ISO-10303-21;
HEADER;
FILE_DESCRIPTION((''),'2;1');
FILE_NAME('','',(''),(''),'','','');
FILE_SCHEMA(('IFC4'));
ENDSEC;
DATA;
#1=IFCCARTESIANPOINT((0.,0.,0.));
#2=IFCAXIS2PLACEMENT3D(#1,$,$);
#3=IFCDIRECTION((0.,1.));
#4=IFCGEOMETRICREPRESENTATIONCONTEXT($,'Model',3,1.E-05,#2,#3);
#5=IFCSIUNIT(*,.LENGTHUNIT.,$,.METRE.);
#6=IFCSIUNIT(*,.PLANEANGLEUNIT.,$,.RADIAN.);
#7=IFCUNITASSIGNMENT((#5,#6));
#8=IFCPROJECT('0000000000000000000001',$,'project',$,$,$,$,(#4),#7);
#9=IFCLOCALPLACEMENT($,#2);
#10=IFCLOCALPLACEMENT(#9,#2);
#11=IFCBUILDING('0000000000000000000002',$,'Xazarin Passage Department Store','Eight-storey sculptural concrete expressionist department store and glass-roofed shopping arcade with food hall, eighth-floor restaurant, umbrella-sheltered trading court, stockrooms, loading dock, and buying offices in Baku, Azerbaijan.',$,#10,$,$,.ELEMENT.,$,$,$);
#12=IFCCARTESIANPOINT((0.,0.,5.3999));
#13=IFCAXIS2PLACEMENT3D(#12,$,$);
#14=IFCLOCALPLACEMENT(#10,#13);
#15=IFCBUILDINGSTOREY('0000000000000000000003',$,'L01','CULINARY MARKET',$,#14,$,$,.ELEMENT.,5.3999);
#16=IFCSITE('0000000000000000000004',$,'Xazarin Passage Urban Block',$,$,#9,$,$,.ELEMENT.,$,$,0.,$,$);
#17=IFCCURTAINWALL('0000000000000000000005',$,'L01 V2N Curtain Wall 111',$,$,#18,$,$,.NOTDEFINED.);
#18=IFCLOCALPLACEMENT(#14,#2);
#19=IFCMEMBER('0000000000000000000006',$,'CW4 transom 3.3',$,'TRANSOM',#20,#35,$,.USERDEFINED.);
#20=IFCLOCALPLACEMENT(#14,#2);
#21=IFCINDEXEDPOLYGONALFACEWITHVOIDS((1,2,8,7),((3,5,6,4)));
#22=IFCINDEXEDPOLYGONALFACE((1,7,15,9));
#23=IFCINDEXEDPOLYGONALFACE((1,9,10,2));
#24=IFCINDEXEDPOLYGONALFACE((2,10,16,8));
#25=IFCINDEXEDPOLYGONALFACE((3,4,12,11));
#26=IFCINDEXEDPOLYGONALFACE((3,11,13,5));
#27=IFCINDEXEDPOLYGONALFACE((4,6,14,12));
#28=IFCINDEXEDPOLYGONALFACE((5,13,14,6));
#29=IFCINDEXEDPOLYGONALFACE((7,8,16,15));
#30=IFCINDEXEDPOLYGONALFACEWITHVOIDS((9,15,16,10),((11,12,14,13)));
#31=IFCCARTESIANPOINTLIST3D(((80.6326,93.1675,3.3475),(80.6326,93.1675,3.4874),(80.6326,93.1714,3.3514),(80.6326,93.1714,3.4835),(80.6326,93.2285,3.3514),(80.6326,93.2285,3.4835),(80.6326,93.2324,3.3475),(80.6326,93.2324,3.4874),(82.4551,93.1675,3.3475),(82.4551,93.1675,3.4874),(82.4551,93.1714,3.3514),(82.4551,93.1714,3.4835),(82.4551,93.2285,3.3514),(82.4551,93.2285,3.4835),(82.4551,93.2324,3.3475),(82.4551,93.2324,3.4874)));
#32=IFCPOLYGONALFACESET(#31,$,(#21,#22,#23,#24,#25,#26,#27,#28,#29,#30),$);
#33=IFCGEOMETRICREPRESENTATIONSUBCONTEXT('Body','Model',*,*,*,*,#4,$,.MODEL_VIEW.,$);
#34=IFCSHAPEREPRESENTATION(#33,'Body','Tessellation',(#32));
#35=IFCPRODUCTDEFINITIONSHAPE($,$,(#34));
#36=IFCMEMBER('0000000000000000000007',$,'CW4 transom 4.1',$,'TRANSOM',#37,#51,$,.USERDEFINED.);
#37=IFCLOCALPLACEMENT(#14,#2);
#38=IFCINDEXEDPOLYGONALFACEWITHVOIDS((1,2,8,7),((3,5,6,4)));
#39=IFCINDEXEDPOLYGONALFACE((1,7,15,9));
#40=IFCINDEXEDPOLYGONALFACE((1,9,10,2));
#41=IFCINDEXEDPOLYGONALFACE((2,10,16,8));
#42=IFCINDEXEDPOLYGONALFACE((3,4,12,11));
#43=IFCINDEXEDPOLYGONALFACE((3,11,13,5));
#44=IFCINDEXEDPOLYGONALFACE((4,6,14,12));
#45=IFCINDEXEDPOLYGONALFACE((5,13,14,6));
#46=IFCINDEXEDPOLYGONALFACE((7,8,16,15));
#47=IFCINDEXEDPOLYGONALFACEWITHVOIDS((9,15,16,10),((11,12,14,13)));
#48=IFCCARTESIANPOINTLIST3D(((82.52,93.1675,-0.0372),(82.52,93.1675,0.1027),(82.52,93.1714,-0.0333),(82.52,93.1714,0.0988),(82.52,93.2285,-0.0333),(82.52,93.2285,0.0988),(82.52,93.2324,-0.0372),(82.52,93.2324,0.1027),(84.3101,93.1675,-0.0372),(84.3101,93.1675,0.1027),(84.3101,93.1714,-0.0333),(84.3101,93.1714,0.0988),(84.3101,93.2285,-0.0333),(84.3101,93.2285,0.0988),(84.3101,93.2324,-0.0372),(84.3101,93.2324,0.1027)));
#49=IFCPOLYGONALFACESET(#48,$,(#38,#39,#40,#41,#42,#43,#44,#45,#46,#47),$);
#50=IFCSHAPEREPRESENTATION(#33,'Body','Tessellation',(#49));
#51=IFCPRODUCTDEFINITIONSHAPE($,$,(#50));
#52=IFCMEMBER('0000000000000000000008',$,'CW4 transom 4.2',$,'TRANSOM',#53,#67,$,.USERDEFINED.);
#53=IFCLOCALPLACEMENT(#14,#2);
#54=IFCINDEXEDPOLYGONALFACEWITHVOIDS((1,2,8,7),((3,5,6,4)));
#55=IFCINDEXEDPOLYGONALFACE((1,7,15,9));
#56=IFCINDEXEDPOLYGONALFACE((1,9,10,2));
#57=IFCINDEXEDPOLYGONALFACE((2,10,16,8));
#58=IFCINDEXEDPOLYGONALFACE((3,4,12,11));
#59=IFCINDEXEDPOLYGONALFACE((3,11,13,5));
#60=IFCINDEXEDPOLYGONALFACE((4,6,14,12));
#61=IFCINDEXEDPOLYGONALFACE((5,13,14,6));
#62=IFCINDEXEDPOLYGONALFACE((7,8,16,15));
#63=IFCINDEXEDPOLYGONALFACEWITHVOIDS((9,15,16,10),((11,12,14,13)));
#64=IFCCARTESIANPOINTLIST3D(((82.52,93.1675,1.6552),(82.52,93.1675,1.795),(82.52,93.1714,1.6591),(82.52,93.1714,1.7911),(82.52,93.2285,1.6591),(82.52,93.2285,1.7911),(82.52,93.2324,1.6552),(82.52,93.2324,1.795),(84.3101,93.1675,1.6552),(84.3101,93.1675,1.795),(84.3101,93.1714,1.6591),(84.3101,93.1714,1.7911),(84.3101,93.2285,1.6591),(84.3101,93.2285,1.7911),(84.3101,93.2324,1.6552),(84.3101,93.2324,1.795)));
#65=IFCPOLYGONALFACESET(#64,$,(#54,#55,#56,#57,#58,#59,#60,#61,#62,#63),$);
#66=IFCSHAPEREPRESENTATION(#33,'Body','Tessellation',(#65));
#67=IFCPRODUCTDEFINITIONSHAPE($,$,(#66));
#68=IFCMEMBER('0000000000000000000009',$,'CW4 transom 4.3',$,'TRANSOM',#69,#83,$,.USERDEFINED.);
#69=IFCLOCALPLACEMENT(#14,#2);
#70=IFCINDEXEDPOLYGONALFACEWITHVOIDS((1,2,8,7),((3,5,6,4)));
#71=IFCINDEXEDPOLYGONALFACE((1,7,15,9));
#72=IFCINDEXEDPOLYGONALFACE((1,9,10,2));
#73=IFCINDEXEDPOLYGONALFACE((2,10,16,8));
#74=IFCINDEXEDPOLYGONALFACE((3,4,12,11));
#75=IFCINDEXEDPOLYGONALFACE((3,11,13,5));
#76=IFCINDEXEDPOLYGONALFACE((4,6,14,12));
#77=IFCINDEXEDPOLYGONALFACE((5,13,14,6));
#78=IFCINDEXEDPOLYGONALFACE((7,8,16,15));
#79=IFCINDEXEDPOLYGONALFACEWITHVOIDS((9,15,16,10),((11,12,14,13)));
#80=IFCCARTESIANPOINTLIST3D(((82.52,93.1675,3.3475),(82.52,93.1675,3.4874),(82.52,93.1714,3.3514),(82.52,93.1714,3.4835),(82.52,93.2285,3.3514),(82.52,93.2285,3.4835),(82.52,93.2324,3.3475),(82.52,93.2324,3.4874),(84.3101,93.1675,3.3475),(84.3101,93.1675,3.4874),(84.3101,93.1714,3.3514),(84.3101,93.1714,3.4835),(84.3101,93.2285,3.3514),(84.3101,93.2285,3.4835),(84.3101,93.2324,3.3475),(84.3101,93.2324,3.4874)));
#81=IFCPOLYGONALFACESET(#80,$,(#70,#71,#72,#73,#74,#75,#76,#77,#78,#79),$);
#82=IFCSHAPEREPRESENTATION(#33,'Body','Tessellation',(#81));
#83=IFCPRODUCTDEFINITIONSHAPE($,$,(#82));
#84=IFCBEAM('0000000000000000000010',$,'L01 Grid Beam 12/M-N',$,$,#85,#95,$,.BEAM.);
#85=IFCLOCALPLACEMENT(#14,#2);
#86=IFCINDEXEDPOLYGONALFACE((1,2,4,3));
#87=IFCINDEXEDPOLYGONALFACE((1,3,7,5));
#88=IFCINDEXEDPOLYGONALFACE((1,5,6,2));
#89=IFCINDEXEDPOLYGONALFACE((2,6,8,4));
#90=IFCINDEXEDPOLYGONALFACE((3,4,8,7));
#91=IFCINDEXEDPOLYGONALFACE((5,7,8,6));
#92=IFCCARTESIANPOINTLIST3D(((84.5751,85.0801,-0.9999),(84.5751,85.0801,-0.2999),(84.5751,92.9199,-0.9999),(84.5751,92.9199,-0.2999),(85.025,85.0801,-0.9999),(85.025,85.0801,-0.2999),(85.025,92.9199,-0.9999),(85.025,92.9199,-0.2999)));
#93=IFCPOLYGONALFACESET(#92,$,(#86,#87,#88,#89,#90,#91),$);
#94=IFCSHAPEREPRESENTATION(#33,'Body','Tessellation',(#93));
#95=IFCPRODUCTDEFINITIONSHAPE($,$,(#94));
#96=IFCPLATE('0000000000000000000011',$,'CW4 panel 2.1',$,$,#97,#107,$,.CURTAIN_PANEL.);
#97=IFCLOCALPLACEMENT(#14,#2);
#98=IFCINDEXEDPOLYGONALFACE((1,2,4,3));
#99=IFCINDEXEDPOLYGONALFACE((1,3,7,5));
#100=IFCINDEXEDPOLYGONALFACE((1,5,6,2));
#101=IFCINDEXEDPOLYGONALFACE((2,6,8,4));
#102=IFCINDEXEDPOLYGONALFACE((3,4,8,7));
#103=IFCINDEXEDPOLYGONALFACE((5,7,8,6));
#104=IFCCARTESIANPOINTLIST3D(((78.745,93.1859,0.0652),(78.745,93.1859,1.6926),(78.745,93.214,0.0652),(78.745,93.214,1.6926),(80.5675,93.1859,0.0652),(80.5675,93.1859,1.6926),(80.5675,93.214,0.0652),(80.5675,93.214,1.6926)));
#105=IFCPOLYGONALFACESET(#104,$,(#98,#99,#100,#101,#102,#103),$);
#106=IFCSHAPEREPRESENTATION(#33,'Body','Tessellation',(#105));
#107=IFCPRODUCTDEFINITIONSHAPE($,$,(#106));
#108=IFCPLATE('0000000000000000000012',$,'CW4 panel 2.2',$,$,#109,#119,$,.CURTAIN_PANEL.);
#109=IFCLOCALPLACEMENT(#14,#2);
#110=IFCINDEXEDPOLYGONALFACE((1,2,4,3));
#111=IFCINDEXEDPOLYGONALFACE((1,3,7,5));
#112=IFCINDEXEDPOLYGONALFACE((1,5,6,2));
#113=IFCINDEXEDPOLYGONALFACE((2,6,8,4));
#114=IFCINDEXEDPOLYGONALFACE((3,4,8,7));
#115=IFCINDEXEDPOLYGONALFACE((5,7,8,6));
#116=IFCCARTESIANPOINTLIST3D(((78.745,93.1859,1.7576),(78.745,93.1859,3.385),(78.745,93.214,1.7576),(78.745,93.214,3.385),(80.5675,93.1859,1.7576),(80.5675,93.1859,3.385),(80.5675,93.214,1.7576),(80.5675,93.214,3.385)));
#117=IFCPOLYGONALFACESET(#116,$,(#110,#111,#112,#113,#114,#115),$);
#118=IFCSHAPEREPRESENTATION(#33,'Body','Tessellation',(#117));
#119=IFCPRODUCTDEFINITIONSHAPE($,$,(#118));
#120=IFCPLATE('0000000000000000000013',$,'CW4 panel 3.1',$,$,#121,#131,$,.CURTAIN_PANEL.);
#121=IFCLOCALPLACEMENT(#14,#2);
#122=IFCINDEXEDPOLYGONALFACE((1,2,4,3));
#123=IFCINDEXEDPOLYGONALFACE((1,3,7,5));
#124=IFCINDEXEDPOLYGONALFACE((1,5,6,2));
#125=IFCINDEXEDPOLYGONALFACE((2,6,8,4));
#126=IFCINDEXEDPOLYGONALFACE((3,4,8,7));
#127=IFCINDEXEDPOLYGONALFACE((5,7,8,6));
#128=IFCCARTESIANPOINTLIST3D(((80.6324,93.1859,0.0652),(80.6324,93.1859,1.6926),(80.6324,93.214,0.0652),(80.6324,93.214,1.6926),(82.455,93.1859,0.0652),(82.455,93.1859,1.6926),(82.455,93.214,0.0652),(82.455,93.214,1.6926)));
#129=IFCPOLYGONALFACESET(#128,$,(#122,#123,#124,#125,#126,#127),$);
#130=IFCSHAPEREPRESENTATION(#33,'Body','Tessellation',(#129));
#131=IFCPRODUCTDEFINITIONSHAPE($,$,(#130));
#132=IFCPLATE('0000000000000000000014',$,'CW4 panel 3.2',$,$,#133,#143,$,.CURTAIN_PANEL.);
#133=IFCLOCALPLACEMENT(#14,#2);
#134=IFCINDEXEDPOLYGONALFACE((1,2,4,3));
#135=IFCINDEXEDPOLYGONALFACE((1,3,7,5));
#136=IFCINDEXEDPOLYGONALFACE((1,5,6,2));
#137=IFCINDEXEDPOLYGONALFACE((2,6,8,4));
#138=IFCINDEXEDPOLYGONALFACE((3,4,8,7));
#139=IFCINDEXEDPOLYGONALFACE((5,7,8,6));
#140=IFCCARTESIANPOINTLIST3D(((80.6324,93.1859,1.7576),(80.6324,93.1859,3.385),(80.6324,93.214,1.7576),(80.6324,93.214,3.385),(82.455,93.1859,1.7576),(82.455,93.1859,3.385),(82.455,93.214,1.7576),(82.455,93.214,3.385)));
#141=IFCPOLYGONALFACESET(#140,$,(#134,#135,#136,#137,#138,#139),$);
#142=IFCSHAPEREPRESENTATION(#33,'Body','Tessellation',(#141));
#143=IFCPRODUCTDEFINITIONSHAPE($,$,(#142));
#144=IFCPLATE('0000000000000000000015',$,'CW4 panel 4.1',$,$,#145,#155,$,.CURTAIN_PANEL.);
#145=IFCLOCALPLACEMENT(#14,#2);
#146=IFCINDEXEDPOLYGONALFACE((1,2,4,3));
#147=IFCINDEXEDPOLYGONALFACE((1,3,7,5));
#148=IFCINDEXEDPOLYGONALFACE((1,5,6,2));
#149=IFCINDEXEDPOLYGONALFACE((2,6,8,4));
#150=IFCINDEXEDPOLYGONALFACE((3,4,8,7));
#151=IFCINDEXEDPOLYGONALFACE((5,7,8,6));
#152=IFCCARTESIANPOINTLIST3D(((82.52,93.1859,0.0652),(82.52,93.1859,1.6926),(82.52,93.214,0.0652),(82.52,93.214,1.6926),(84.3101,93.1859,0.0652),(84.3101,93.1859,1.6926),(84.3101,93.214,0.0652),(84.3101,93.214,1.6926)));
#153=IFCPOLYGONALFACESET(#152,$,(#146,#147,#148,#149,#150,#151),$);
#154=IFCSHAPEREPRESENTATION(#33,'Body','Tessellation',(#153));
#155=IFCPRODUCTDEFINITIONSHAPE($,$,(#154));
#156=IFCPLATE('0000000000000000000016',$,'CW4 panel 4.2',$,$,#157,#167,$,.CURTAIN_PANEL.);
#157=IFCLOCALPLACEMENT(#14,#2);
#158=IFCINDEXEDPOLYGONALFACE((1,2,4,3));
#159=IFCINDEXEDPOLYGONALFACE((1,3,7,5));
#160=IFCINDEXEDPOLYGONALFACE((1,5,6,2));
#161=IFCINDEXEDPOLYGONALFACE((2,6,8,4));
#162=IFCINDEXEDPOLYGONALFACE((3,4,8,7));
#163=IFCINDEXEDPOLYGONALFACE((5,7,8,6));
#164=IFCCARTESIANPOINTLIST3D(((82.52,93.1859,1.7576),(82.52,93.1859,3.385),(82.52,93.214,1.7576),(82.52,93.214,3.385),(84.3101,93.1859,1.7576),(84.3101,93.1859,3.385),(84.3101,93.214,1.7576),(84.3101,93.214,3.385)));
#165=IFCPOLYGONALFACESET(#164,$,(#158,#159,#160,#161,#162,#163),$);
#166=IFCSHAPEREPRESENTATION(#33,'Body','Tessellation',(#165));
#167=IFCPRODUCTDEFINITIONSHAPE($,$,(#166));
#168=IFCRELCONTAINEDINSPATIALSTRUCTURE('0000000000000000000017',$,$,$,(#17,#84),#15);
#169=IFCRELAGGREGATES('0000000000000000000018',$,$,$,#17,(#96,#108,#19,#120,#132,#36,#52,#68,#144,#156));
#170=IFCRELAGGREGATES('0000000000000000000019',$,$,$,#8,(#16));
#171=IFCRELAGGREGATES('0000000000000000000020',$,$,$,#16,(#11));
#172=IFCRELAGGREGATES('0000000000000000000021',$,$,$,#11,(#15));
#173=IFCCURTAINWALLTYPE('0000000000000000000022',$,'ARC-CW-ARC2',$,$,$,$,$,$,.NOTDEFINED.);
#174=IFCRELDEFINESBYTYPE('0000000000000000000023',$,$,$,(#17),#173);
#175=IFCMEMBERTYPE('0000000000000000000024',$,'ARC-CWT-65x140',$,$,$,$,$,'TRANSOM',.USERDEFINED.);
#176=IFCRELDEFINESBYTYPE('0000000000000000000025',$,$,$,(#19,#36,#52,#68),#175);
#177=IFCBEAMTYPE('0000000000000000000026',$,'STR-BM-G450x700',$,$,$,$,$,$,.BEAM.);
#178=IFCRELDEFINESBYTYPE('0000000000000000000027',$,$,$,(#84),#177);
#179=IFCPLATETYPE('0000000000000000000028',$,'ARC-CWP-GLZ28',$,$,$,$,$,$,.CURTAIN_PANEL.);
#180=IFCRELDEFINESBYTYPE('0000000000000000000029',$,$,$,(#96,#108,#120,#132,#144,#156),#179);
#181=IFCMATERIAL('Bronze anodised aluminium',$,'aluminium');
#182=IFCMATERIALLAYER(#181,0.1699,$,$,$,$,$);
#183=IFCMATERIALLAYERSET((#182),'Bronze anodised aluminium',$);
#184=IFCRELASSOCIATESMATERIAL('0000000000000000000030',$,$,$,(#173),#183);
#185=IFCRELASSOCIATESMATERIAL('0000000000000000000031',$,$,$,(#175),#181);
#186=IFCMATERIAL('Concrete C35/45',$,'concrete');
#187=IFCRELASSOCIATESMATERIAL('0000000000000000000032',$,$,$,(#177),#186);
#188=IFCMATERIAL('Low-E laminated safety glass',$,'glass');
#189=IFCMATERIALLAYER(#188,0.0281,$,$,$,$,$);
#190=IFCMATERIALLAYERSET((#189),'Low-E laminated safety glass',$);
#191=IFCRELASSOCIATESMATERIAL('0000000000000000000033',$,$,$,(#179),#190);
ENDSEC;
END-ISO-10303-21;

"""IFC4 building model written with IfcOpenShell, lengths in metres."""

from ifc_helpers import new_model, si_unit, direction, frame, origin, origin_2d, place, context, subcontext, project, spatial, rectangle, hollow_rectangle, extrude, material, layer, layer_set, material_profile, profile_set, type_object, element, aggregate, save


model = new_model("IFC4")

# Units and contexts
model_context = context("Model", 3, precision=1e-05, world=origin(), true_north=direction((0.0, 1.0)))
body_context = subcontext(model_context, "Body", "Model", "MODEL_VIEW")
ifc_project = project(units=[si_unit("LENGTHUNIT", "METRE"), si_unit("PLANEANGLEUNIT", "RADIAN")], contexts=[model_context])

# Site, building, storey
site_placement = place(None, origin())
site = spatial("IfcSite", under=ifc_project, at=site_placement, Name="Xazarin Passage Urban Block", CompositionType="ELEMENT", RefElevation=0.0)
building_placement = place(site_placement, origin())
building = spatial("IfcBuilding", under=site, at=building_placement, Name="Xazarin Passage Department Store", Description="Eight-storey sculptural concrete expressionist department store and glass-roofed shopping arcade with food hall, eighth-floor restaurant, umbrella-sheltered trading court, stockrooms, loading dock, and buying offices in Baku, Azerbaijan.", CompositionType="ELEMENT")
storey_placement = place(building_placement, frame((0.0, 0.0, 5.3999)))
storey = spatial("IfcBuildingStorey", under=building, at=storey_placement, Name="L01", Description="CULINARY MARKET", CompositionType="ELEMENT", Elevation=5.3999)

# Curtain wall, members
ifc_material_1 = material(Name="Bronze anodised aluminium", Category="aluminium")
ifc_layer_1 = layer(ifc_material_1, 0.1699)
ifc_layer_set_1 = layer_set([ifc_layer_1], Name="Bronze anodised aluminium")
curtain_wall_type = type_object("IfcCurtainWallType", Name="ARC-CW-ARC2", PredefinedType="NOTDEFINED", material=ifc_layer_set_1)
curtain_wall_placement = place(storey_placement, origin())
curtain_wall = element("IfcCurtainWall", 1, at=curtain_wall_placement, inside=storey, type_object=curtain_wall_type, Name="L01 V2N Curtain Wall 111", PredefinedType="NOTDEFINED")
ifc_material_profile_1 = material_profile(ifc_material_1, hollow_rectangle(XDim=0.0649, YDim=0.1399, WallThickness=0.0039, at=origin_2d()), Name="ALU 65x140")
ifc_profile_set_1 = profile_set([ifc_material_profile_1], Name="Bronze anodised aluminium")
member_type_1 = type_object("IfcMemberType", Name="ARC-CWT-65x140", ElementType="TRANSOM", PredefinedType="USERDEFINED", material=ifc_profile_set_1)
member_1_placement = place(storey_placement, frame((80.6326, 93.2, 3.4175), z_axis=(1.0, 0.0, 0.0), x_axis=(0.0, 1.0, 0.0)))
member_1 = element("IfcMember", 2, at=member_1_placement, type_object=member_type_1, Name="CW4 transom 3.3", ObjectType="TRANSOM", PredefinedType="USERDEFINED", context=body_context, shape_type="SweptSolid", body=[
    extrude(hollow_rectangle(XDim=0.0649, YDim=0.1399, WallThickness=0.0039, at=origin_2d()), origin(), (0.0, 0.0, 1.0), 1.8225),
])
member_2_placement = place(storey_placement, frame((82.52, 93.2, 0.0327), z_axis=(1.0, 0.0, 0.0), x_axis=(0.0, 1.0, 0.0)))
member_2 = element("IfcMember", 3, at=member_2_placement, type_object=member_type_1, Name="CW4 transom 4.1", ObjectType="TRANSOM", PredefinedType="USERDEFINED", context=body_context, shape_type="SweptSolid", body=[
    extrude(hollow_rectangle(XDim=0.0649, YDim=0.1399, WallThickness=0.0039, at=origin_2d()), origin(), (0.0, 0.0, 1.0), 1.79),
])
member_3_placement = place(storey_placement, frame((82.52, 93.2, 1.7251), z_axis=(1.0, 0.0, 0.0), x_axis=(0.0, 1.0, 0.0)))
member_3 = element("IfcMember", 4, at=member_3_placement, type_object=member_type_1, Name="CW4 transom 4.2", ObjectType="TRANSOM", PredefinedType="USERDEFINED", context=body_context, shape_type="SweptSolid", body=[
    extrude(hollow_rectangle(XDim=0.0649, YDim=0.1399, WallThickness=0.0039, at=origin_2d()), origin(), (0.0, 0.0, 1.0), 1.79),
])
member_4_placement = place(storey_placement, frame((82.52, 93.2, 3.4175), z_axis=(1.0, 0.0, 0.0), x_axis=(0.0, 1.0, 0.0)))
member_4 = element("IfcMember", 5, at=member_4_placement, type_object=member_type_1, Name="CW4 transom 4.3", ObjectType="TRANSOM", PredefinedType="USERDEFINED", context=body_context, shape_type="SweptSolid", body=[
    extrude(hollow_rectangle(XDim=0.0649, YDim=0.1399, WallThickness=0.0039, at=origin_2d()), origin(), (0.0, 0.0, 1.0), 1.79),
])

# Beam
ifc_material_2 = material(Name="Concrete C35/45", Category="concrete")
ifc_material_profile_2 = material_profile(ifc_material_2, rectangle(XDim=0.45, YDim=0.7, at=origin_2d()), Name="RC 450x700")
ifc_profile_set_2 = profile_set([ifc_material_profile_2], Name="Concrete C35/45")
beam_type = type_object("IfcBeamType", Name="STR-BM-G450x700", PredefinedType="BEAM", material=ifc_profile_set_2)
beam_placement = place(storey_placement, frame((84.8, 85.0801, -0.6499), z_axis=(0.0, 1.0, 0.0), x_axis=(-1.0, 0.0, 0.0)))
element("IfcBeam", 6, at=beam_placement, inside=storey, type_object=beam_type, Name="L01 Grid Beam 12/M-N", PredefinedType="BEAM", context=body_context, shape_type="SweptSolid", body=[
    extrude(rectangle(XDim=0.45, YDim=0.7, at=origin_2d()), origin(), (0.0, 0.0, 1.0), 7.8398),
])

# Plates
ifc_material_3 = material(Name="Low-E laminated safety glass", Category="glass")
ifc_layer_2 = layer(ifc_material_3, 0.0281)
ifc_layer_set_2 = layer_set([ifc_layer_2], Name="Low-E laminated safety glass")
plate_type = type_object("IfcPlateType", Name="ARC-CWP-GLZ28", PredefinedType="CURTAIN_PANEL", material=ifc_layer_set_2)
plate_1_placement = place(storey_placement, frame((79.6562, 93.2, 0.0652), z_axis=(0.0, 0.0, 1.0), x_axis=(1.0, 0.0, 0.0)))
plate_1 = element("IfcPlate", 7, at=plate_1_placement, type_object=plate_type, Name="CW4 panel 2.1", PredefinedType="CURTAIN_PANEL", context=body_context, shape_type="SweptSolid", body=[
    extrude(rectangle(XDim=1.8225, YDim=0.0281, at=origin_2d()), origin(), (0.0, 0.0, 1.0), 1.6274),
])
plate_2_placement = place(storey_placement, frame((79.6562, 93.2, 1.7576), z_axis=(0.0, 0.0, 1.0), x_axis=(1.0, 0.0, 0.0)))
plate_2 = element("IfcPlate", 8, at=plate_2_placement, type_object=plate_type, Name="CW4 panel 2.2", PredefinedType="CURTAIN_PANEL", context=body_context, shape_type="SweptSolid", body=[
    extrude(rectangle(XDim=1.8225, YDim=0.0281, at=origin_2d()), origin(), (0.0, 0.0, 1.0), 1.6274),
])
plate_3_placement = place(storey_placement, frame((81.5437, 93.2, 0.0652), z_axis=(0.0, 0.0, 1.0), x_axis=(1.0, 0.0, 0.0)))
plate_3 = element("IfcPlate", 9, at=plate_3_placement, type_object=plate_type, Name="CW4 panel 3.1", PredefinedType="CURTAIN_PANEL", context=body_context, shape_type="SweptSolid", body=[
    extrude(rectangle(XDim=1.8225, YDim=0.0281, at=origin_2d()), origin(), (0.0, 0.0, 1.0), 1.6274),
])
plate_4_placement = place(storey_placement, frame((81.5437, 93.2, 1.7576), z_axis=(0.0, 0.0, 1.0), x_axis=(1.0, 0.0, 0.0)))
plate_4 = element("IfcPlate", 10, at=plate_4_placement, type_object=plate_type, Name="CW4 panel 3.2", PredefinedType="CURTAIN_PANEL", context=body_context, shape_type="SweptSolid", body=[
    extrude(rectangle(XDim=1.8225, YDim=0.0281, at=origin_2d()), origin(), (0.0, 0.0, 1.0), 1.6274),
])
plate_5_placement = place(storey_placement, frame((83.415, 93.2, 0.0652), z_axis=(0.0, 0.0, 1.0), x_axis=(1.0, 0.0, 0.0)))
plate_5 = element("IfcPlate", 11, at=plate_5_placement, type_object=plate_type, Name="CW4 panel 4.1", PredefinedType="CURTAIN_PANEL", context=body_context, shape_type="SweptSolid", body=[
    extrude(rectangle(XDim=1.79, YDim=0.0281, at=origin_2d()), origin(), (0.0, 0.0, 1.0), 1.6274),
])
plate_6_placement = place(storey_placement, frame((83.415, 93.2, 1.7576), z_axis=(0.0, 0.0, 1.0), x_axis=(1.0, 0.0, 0.0)))
plate_6 = element("IfcPlate", 12, at=plate_6_placement, type_object=plate_type, Name="CW4 panel 4.2", PredefinedType="CURTAIN_PANEL", context=body_context, shape_type="SweptSolid", body=[
    extrude(rectangle(XDim=1.79, YDim=0.0281, at=origin_2d()), origin(), (0.0, 0.0, 1.0), 1.6274),
])
aggregate(curtain_wall, [plate_1, plate_2, member_1, plate_3, plate_4, member_2, member_3, member_4, plate_5, plate_6])

save(model, "model.ifc")
